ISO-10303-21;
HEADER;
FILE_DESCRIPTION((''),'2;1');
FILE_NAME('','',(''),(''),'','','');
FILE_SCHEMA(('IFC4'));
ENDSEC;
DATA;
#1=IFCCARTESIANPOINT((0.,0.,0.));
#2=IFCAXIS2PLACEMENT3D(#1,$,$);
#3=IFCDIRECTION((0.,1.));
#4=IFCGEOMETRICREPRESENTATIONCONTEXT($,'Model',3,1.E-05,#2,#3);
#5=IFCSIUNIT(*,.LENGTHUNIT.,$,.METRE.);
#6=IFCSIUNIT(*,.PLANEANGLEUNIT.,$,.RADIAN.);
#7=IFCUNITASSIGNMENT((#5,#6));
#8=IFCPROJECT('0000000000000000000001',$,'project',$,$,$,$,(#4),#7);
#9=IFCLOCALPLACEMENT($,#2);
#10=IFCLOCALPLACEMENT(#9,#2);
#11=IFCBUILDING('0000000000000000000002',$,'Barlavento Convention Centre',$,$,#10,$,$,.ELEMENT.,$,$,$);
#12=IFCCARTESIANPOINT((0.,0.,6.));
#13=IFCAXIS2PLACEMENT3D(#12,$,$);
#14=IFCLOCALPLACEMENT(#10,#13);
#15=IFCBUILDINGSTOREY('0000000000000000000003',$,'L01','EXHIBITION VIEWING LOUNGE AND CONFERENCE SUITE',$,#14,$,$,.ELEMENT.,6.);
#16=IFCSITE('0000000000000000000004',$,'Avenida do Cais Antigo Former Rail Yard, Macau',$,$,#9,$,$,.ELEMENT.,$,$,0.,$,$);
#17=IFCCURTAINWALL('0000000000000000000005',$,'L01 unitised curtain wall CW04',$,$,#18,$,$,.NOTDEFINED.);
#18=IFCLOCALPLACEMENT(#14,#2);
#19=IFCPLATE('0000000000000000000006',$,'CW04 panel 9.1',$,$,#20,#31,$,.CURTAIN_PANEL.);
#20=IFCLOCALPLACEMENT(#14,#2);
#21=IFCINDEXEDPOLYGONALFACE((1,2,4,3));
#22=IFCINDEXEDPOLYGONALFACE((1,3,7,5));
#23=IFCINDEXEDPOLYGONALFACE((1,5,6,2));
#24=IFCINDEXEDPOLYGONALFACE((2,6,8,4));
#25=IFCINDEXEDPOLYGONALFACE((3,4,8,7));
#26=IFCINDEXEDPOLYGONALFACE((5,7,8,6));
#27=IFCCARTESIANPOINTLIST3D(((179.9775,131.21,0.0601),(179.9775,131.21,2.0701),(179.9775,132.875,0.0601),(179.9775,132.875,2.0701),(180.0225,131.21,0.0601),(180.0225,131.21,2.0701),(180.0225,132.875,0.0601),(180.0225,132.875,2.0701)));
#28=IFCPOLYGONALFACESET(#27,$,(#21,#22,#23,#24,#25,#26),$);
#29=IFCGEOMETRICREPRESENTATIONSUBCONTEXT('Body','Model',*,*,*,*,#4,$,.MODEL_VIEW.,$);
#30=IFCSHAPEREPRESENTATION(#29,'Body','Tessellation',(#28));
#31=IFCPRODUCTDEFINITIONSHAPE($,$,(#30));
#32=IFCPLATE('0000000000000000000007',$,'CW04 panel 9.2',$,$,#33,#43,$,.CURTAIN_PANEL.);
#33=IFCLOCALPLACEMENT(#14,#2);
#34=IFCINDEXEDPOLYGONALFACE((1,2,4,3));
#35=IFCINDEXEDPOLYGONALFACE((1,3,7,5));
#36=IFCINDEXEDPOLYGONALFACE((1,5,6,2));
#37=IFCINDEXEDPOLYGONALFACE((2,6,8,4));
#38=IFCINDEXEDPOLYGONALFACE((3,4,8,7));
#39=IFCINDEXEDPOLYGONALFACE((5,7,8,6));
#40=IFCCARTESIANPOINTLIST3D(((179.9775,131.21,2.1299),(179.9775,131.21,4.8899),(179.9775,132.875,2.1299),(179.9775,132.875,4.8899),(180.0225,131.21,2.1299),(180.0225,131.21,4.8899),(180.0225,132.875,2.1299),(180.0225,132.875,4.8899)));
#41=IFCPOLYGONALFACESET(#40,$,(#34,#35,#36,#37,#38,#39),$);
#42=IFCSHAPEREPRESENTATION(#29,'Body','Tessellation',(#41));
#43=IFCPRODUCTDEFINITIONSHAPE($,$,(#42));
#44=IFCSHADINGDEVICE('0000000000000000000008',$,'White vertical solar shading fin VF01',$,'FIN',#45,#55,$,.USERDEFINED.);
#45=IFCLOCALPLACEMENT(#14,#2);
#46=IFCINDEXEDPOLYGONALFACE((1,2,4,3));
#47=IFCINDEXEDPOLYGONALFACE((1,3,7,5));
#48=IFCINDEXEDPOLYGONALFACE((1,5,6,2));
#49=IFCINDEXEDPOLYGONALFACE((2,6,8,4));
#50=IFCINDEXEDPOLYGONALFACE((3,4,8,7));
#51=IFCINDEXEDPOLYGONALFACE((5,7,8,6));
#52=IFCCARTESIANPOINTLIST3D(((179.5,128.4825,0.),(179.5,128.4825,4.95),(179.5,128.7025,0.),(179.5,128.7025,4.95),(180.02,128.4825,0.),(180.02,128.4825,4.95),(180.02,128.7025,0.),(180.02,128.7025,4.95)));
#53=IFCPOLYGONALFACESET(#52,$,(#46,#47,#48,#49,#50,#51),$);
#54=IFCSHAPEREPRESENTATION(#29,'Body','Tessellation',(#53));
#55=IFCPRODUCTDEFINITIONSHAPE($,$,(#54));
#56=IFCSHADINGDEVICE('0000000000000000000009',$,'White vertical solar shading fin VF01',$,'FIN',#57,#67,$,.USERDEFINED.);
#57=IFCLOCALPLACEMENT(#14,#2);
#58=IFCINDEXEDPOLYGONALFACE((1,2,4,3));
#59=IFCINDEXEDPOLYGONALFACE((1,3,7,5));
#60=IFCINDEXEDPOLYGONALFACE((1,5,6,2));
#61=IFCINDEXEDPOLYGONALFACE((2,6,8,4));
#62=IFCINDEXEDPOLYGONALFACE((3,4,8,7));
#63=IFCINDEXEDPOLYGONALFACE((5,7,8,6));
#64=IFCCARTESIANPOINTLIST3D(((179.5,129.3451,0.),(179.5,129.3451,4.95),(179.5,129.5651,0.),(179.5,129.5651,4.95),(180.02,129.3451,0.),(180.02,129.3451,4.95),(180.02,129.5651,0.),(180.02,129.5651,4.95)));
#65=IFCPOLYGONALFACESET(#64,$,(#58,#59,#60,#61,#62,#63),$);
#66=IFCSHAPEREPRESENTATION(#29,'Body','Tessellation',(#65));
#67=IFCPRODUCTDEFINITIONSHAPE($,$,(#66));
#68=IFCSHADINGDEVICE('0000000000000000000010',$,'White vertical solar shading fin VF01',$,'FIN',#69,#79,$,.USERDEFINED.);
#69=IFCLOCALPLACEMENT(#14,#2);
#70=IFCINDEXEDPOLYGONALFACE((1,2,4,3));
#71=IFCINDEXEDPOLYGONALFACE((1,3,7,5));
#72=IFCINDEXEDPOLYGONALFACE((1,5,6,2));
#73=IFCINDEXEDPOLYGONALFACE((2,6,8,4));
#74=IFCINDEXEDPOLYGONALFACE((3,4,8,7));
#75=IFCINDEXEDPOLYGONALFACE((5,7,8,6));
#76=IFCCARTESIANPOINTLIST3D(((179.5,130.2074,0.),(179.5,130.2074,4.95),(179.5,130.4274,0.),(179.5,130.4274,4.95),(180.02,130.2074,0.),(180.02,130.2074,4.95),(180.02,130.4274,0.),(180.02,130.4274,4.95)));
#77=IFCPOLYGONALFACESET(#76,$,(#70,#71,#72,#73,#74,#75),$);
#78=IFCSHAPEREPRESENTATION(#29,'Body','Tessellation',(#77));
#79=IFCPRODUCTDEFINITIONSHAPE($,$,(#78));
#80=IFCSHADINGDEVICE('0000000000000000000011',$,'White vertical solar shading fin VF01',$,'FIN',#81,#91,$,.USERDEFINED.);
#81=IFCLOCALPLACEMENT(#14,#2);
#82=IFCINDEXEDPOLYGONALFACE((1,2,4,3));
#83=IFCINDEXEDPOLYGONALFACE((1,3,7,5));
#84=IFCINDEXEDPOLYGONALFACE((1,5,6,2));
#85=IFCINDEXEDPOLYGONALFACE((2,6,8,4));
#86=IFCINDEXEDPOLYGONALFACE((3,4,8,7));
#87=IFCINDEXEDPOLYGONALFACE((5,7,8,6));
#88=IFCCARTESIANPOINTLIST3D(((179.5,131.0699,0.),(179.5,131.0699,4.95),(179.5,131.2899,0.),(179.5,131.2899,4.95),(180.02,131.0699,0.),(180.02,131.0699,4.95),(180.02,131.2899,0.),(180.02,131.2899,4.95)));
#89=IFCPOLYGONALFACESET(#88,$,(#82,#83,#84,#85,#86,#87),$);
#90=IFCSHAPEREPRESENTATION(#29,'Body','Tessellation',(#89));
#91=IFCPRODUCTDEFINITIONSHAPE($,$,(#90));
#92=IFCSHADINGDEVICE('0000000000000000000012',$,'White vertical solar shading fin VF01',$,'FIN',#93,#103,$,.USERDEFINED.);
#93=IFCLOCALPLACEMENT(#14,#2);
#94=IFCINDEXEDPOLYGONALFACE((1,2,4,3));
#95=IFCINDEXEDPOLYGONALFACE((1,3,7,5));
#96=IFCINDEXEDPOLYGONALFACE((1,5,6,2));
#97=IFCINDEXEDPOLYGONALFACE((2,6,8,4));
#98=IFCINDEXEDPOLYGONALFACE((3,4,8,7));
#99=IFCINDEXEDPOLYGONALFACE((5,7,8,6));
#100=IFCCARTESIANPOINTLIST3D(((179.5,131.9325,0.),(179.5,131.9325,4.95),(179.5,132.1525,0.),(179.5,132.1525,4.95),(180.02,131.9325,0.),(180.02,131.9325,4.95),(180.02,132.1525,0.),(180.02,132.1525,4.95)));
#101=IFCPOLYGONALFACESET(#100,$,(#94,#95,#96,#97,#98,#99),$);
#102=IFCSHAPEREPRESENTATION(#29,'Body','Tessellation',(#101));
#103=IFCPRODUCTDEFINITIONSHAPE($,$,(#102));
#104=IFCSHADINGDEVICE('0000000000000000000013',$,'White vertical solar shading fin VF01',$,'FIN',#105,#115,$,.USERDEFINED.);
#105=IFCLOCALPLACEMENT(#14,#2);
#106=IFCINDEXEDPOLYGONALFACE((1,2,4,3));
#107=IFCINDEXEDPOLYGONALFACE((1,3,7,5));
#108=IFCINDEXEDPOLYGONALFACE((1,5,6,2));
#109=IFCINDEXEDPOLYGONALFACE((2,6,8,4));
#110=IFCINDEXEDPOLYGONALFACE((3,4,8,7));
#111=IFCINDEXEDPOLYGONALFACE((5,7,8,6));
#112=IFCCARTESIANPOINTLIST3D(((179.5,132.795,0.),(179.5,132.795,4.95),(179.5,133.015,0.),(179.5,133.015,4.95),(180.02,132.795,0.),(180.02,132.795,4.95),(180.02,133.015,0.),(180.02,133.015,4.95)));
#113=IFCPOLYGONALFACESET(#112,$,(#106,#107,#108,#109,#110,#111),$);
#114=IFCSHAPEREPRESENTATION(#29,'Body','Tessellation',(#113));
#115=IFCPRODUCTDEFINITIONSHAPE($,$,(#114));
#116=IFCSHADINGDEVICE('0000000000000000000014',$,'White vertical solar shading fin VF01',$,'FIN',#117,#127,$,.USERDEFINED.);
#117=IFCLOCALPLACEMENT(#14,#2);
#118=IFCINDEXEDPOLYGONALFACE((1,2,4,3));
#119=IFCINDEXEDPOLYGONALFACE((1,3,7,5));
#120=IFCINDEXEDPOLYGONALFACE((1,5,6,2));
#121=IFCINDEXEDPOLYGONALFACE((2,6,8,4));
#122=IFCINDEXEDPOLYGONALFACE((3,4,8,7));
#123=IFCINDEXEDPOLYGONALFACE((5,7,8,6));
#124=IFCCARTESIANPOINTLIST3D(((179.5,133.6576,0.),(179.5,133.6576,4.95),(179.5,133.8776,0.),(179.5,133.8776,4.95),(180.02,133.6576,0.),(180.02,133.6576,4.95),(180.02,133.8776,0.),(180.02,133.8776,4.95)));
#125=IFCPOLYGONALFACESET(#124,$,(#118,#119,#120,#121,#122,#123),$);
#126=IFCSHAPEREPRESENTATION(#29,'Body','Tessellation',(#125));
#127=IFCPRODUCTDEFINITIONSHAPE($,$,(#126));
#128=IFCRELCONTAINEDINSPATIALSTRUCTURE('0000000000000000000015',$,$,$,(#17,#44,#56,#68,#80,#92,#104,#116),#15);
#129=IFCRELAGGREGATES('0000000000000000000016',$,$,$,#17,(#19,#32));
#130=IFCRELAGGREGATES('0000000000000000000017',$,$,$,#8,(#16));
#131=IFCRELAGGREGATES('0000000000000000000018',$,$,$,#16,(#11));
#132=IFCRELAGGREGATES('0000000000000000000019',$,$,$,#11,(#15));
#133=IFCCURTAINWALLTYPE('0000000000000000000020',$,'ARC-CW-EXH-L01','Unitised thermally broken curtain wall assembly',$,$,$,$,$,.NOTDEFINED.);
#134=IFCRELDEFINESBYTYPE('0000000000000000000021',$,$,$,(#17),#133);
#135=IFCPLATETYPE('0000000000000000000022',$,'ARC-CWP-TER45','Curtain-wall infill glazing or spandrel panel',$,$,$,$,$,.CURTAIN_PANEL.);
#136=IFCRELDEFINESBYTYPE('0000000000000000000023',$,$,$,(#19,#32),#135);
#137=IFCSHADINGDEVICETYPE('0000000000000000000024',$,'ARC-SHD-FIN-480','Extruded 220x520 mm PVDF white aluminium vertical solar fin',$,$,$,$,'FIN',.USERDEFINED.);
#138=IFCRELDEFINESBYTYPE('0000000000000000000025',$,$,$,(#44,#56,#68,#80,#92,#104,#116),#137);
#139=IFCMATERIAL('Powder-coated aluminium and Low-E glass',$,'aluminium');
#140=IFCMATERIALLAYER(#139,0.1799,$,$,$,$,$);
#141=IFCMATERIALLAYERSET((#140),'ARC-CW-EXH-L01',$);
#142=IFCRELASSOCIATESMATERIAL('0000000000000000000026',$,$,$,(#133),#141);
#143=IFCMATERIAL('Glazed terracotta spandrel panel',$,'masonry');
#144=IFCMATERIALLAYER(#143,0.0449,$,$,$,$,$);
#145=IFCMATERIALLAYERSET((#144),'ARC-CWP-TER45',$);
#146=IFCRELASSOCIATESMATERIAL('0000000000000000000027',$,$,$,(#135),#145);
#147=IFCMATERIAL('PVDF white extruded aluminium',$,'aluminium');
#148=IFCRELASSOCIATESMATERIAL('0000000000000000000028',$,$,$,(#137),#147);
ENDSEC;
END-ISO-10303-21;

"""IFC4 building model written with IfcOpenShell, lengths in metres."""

from ifc_helpers import new_model, si_unit, direction, frame, origin, origin_2d, place, context, subcontext, project, spatial, rectangle, extrude, material, layer, layer_set, type_object, element, aggregate, save


model = new_model("IFC4")

# Units and contexts
model_context = context("Model", 3, precision=1e-05, world=origin(), true_north=direction((0.0, 1.0)))
body_context = subcontext(model_context, "Body", "Model", "MODEL_VIEW")
ifc_project = project(units=[si_unit("LENGTHUNIT", "METRE"), si_unit("PLANEANGLEUNIT", "RADIAN")], contexts=[model_context])

# Site, building, storey
site_placement = place(None, origin())
site = spatial("IfcSite", under=ifc_project, at=site_placement, Name="Avenida do Cais Antigo Former Rail Yard, Macau", CompositionType="ELEMENT", RefElevation=0.0)
building_placement = place(site_placement, origin())
building = spatial("IfcBuilding", under=site, at=building_placement, Name="Barlavento Convention Centre", CompositionType="ELEMENT")
storey_placement = place(building_placement, frame((0.0, 0.0, 6.0)))
storey = spatial("IfcBuildingStorey", under=building, at=storey_placement, Name="L01", Description="EXHIBITION VIEWING LOUNGE AND CONFERENCE SUITE", CompositionType="ELEMENT", Elevation=6.0)

# Curtain wall, plates
ifc_material_1 = material(Name="Powder-coated aluminium and Low-E glass", Category="aluminium")
ifc_layer_1 = layer(ifc_material_1, 0.1799)
ifc_layer_set_1 = layer_set([ifc_layer_1], Name="ARC-CW-EXH-L01")
curtain_wall_type = type_object("IfcCurtainWallType", Name="ARC-CW-EXH-L01", Description="Unitised thermally broken curtain wall assembly", PredefinedType="NOTDEFINED", material=ifc_layer_set_1)
curtain_wall_placement = place(storey_placement, origin())
curtain_wall = element("IfcCurtainWall", 1, at=curtain_wall_placement, inside=storey, type_object=curtain_wall_type, Name="L01 unitised curtain wall CW04", PredefinedType="NOTDEFINED")
ifc_material_2 = material(Name="Glazed terracotta spandrel panel", Category="masonry")
ifc_layer_2 = layer(ifc_material_2, 0.0449)
ifc_layer_set_2 = layer_set([ifc_layer_2], Name="ARC-CWP-TER45")
plate_type = type_object("IfcPlateType", Name="ARC-CWP-TER45", Description="Curtain-wall infill glazing or spandrel panel", PredefinedType="CURTAIN_PANEL", material=ifc_layer_set_2)
plate_1_placement = place(storey_placement, frame((180.0, 132.0425, 0.0601), z_axis=(0.0, 0.0, 1.0), x_axis=(0.0, 1.0, 0.0)))
plate_1 = element("IfcPlate", 2, at=plate_1_placement, type_object=plate_type, Name="CW04 panel 9.1", PredefinedType="CURTAIN_PANEL", context=body_context, shape_type="SweptSolid", body=[
    extrude(rectangle(XDim=1.665, YDim=0.0449, at=origin_2d()), origin(), (0.0, 0.0, 1.0), 2.01),
])
plate_2_placement = place(storey_placement, frame((180.0, 132.0425, 2.1299), z_axis=(0.0, 0.0, 1.0), x_axis=(0.0, 1.0, 0.0)))
plate_2 = element("IfcPlate", 3, at=plate_2_placement, type_object=plate_type, Name="CW04 panel 9.2", PredefinedType="CURTAIN_PANEL", context=body_context, shape_type="SweptSolid", body=[
    extrude(rectangle(XDim=1.665, YDim=0.0449, at=origin_2d()), origin(), (0.0, 0.0, 1.0), 2.76),
])
aggregate(curtain_wall, [plate_1, plate_2])

# Shading devices
ifc_material_3 = material(Name="PVDF white extruded aluminium", Category="aluminium")
shading_device_type = type_object("IfcShadingDeviceType", Name="ARC-SHD-FIN-480", Description="Extruded 220x520 mm PVDF white aluminium vertical solar fin", ElementType="FIN", PredefinedType="USERDEFINED", material=ifc_material_3)
for number, where, z_axis, x_axis, name in (
    (4, (179.76, 128.5925, 0.0), (0.0, 0.0, 1.0), (0.0, 1.0, 0.0), "White vertical solar shading fin VF01"),
    (5, (179.76, 129.4551, 0.0), (0.0, 0.0, 1.0), (0.0, 1.0, 0.0), "White vertical solar shading fin VF01"),
    (6, (179.76, 130.3174, 0.0), (0.0, 0.0, 1.0), (0.0, 1.0, 0.0), "White vertical solar shading fin VF01"),
    (7, (179.76, 131.1799, 0.0), (0.0, 0.0, 1.0), (0.0, 1.0, 0.0), "White vertical solar shading fin VF01"),
    (8, (179.76, 132.0425, 0.0), (0.0, 0.0, 1.0), (0.0, 1.0, 0.0), "White vertical solar shading fin VF01"),
    (9, (179.76, 132.905, 0.0), (0.0, 0.0, 1.0), (0.0, 1.0, 0.0), "White vertical solar shading fin VF01"),
    (10, (179.76, 133.7676, 0.0), (0.0, 0.0, 1.0), (0.0, 1.0, 0.0), "White vertical solar shading fin VF01"),
):
    element("IfcShadingDevice", number, at=place(storey_placement, frame(where, z_axis=z_axis, x_axis=x_axis)), inside=storey, type_object=shading_device_type, Name=name, ObjectType="FIN", PredefinedType="USERDEFINED", context=body_context, shape_type="SweptSolid", body=[
        extrude(rectangle(XDim=0.22, YDim=0.52, at=origin_2d()), origin(), (0.0, 0.0, 1.0), 4.95),
    ])

save(model, "model.ifc")
